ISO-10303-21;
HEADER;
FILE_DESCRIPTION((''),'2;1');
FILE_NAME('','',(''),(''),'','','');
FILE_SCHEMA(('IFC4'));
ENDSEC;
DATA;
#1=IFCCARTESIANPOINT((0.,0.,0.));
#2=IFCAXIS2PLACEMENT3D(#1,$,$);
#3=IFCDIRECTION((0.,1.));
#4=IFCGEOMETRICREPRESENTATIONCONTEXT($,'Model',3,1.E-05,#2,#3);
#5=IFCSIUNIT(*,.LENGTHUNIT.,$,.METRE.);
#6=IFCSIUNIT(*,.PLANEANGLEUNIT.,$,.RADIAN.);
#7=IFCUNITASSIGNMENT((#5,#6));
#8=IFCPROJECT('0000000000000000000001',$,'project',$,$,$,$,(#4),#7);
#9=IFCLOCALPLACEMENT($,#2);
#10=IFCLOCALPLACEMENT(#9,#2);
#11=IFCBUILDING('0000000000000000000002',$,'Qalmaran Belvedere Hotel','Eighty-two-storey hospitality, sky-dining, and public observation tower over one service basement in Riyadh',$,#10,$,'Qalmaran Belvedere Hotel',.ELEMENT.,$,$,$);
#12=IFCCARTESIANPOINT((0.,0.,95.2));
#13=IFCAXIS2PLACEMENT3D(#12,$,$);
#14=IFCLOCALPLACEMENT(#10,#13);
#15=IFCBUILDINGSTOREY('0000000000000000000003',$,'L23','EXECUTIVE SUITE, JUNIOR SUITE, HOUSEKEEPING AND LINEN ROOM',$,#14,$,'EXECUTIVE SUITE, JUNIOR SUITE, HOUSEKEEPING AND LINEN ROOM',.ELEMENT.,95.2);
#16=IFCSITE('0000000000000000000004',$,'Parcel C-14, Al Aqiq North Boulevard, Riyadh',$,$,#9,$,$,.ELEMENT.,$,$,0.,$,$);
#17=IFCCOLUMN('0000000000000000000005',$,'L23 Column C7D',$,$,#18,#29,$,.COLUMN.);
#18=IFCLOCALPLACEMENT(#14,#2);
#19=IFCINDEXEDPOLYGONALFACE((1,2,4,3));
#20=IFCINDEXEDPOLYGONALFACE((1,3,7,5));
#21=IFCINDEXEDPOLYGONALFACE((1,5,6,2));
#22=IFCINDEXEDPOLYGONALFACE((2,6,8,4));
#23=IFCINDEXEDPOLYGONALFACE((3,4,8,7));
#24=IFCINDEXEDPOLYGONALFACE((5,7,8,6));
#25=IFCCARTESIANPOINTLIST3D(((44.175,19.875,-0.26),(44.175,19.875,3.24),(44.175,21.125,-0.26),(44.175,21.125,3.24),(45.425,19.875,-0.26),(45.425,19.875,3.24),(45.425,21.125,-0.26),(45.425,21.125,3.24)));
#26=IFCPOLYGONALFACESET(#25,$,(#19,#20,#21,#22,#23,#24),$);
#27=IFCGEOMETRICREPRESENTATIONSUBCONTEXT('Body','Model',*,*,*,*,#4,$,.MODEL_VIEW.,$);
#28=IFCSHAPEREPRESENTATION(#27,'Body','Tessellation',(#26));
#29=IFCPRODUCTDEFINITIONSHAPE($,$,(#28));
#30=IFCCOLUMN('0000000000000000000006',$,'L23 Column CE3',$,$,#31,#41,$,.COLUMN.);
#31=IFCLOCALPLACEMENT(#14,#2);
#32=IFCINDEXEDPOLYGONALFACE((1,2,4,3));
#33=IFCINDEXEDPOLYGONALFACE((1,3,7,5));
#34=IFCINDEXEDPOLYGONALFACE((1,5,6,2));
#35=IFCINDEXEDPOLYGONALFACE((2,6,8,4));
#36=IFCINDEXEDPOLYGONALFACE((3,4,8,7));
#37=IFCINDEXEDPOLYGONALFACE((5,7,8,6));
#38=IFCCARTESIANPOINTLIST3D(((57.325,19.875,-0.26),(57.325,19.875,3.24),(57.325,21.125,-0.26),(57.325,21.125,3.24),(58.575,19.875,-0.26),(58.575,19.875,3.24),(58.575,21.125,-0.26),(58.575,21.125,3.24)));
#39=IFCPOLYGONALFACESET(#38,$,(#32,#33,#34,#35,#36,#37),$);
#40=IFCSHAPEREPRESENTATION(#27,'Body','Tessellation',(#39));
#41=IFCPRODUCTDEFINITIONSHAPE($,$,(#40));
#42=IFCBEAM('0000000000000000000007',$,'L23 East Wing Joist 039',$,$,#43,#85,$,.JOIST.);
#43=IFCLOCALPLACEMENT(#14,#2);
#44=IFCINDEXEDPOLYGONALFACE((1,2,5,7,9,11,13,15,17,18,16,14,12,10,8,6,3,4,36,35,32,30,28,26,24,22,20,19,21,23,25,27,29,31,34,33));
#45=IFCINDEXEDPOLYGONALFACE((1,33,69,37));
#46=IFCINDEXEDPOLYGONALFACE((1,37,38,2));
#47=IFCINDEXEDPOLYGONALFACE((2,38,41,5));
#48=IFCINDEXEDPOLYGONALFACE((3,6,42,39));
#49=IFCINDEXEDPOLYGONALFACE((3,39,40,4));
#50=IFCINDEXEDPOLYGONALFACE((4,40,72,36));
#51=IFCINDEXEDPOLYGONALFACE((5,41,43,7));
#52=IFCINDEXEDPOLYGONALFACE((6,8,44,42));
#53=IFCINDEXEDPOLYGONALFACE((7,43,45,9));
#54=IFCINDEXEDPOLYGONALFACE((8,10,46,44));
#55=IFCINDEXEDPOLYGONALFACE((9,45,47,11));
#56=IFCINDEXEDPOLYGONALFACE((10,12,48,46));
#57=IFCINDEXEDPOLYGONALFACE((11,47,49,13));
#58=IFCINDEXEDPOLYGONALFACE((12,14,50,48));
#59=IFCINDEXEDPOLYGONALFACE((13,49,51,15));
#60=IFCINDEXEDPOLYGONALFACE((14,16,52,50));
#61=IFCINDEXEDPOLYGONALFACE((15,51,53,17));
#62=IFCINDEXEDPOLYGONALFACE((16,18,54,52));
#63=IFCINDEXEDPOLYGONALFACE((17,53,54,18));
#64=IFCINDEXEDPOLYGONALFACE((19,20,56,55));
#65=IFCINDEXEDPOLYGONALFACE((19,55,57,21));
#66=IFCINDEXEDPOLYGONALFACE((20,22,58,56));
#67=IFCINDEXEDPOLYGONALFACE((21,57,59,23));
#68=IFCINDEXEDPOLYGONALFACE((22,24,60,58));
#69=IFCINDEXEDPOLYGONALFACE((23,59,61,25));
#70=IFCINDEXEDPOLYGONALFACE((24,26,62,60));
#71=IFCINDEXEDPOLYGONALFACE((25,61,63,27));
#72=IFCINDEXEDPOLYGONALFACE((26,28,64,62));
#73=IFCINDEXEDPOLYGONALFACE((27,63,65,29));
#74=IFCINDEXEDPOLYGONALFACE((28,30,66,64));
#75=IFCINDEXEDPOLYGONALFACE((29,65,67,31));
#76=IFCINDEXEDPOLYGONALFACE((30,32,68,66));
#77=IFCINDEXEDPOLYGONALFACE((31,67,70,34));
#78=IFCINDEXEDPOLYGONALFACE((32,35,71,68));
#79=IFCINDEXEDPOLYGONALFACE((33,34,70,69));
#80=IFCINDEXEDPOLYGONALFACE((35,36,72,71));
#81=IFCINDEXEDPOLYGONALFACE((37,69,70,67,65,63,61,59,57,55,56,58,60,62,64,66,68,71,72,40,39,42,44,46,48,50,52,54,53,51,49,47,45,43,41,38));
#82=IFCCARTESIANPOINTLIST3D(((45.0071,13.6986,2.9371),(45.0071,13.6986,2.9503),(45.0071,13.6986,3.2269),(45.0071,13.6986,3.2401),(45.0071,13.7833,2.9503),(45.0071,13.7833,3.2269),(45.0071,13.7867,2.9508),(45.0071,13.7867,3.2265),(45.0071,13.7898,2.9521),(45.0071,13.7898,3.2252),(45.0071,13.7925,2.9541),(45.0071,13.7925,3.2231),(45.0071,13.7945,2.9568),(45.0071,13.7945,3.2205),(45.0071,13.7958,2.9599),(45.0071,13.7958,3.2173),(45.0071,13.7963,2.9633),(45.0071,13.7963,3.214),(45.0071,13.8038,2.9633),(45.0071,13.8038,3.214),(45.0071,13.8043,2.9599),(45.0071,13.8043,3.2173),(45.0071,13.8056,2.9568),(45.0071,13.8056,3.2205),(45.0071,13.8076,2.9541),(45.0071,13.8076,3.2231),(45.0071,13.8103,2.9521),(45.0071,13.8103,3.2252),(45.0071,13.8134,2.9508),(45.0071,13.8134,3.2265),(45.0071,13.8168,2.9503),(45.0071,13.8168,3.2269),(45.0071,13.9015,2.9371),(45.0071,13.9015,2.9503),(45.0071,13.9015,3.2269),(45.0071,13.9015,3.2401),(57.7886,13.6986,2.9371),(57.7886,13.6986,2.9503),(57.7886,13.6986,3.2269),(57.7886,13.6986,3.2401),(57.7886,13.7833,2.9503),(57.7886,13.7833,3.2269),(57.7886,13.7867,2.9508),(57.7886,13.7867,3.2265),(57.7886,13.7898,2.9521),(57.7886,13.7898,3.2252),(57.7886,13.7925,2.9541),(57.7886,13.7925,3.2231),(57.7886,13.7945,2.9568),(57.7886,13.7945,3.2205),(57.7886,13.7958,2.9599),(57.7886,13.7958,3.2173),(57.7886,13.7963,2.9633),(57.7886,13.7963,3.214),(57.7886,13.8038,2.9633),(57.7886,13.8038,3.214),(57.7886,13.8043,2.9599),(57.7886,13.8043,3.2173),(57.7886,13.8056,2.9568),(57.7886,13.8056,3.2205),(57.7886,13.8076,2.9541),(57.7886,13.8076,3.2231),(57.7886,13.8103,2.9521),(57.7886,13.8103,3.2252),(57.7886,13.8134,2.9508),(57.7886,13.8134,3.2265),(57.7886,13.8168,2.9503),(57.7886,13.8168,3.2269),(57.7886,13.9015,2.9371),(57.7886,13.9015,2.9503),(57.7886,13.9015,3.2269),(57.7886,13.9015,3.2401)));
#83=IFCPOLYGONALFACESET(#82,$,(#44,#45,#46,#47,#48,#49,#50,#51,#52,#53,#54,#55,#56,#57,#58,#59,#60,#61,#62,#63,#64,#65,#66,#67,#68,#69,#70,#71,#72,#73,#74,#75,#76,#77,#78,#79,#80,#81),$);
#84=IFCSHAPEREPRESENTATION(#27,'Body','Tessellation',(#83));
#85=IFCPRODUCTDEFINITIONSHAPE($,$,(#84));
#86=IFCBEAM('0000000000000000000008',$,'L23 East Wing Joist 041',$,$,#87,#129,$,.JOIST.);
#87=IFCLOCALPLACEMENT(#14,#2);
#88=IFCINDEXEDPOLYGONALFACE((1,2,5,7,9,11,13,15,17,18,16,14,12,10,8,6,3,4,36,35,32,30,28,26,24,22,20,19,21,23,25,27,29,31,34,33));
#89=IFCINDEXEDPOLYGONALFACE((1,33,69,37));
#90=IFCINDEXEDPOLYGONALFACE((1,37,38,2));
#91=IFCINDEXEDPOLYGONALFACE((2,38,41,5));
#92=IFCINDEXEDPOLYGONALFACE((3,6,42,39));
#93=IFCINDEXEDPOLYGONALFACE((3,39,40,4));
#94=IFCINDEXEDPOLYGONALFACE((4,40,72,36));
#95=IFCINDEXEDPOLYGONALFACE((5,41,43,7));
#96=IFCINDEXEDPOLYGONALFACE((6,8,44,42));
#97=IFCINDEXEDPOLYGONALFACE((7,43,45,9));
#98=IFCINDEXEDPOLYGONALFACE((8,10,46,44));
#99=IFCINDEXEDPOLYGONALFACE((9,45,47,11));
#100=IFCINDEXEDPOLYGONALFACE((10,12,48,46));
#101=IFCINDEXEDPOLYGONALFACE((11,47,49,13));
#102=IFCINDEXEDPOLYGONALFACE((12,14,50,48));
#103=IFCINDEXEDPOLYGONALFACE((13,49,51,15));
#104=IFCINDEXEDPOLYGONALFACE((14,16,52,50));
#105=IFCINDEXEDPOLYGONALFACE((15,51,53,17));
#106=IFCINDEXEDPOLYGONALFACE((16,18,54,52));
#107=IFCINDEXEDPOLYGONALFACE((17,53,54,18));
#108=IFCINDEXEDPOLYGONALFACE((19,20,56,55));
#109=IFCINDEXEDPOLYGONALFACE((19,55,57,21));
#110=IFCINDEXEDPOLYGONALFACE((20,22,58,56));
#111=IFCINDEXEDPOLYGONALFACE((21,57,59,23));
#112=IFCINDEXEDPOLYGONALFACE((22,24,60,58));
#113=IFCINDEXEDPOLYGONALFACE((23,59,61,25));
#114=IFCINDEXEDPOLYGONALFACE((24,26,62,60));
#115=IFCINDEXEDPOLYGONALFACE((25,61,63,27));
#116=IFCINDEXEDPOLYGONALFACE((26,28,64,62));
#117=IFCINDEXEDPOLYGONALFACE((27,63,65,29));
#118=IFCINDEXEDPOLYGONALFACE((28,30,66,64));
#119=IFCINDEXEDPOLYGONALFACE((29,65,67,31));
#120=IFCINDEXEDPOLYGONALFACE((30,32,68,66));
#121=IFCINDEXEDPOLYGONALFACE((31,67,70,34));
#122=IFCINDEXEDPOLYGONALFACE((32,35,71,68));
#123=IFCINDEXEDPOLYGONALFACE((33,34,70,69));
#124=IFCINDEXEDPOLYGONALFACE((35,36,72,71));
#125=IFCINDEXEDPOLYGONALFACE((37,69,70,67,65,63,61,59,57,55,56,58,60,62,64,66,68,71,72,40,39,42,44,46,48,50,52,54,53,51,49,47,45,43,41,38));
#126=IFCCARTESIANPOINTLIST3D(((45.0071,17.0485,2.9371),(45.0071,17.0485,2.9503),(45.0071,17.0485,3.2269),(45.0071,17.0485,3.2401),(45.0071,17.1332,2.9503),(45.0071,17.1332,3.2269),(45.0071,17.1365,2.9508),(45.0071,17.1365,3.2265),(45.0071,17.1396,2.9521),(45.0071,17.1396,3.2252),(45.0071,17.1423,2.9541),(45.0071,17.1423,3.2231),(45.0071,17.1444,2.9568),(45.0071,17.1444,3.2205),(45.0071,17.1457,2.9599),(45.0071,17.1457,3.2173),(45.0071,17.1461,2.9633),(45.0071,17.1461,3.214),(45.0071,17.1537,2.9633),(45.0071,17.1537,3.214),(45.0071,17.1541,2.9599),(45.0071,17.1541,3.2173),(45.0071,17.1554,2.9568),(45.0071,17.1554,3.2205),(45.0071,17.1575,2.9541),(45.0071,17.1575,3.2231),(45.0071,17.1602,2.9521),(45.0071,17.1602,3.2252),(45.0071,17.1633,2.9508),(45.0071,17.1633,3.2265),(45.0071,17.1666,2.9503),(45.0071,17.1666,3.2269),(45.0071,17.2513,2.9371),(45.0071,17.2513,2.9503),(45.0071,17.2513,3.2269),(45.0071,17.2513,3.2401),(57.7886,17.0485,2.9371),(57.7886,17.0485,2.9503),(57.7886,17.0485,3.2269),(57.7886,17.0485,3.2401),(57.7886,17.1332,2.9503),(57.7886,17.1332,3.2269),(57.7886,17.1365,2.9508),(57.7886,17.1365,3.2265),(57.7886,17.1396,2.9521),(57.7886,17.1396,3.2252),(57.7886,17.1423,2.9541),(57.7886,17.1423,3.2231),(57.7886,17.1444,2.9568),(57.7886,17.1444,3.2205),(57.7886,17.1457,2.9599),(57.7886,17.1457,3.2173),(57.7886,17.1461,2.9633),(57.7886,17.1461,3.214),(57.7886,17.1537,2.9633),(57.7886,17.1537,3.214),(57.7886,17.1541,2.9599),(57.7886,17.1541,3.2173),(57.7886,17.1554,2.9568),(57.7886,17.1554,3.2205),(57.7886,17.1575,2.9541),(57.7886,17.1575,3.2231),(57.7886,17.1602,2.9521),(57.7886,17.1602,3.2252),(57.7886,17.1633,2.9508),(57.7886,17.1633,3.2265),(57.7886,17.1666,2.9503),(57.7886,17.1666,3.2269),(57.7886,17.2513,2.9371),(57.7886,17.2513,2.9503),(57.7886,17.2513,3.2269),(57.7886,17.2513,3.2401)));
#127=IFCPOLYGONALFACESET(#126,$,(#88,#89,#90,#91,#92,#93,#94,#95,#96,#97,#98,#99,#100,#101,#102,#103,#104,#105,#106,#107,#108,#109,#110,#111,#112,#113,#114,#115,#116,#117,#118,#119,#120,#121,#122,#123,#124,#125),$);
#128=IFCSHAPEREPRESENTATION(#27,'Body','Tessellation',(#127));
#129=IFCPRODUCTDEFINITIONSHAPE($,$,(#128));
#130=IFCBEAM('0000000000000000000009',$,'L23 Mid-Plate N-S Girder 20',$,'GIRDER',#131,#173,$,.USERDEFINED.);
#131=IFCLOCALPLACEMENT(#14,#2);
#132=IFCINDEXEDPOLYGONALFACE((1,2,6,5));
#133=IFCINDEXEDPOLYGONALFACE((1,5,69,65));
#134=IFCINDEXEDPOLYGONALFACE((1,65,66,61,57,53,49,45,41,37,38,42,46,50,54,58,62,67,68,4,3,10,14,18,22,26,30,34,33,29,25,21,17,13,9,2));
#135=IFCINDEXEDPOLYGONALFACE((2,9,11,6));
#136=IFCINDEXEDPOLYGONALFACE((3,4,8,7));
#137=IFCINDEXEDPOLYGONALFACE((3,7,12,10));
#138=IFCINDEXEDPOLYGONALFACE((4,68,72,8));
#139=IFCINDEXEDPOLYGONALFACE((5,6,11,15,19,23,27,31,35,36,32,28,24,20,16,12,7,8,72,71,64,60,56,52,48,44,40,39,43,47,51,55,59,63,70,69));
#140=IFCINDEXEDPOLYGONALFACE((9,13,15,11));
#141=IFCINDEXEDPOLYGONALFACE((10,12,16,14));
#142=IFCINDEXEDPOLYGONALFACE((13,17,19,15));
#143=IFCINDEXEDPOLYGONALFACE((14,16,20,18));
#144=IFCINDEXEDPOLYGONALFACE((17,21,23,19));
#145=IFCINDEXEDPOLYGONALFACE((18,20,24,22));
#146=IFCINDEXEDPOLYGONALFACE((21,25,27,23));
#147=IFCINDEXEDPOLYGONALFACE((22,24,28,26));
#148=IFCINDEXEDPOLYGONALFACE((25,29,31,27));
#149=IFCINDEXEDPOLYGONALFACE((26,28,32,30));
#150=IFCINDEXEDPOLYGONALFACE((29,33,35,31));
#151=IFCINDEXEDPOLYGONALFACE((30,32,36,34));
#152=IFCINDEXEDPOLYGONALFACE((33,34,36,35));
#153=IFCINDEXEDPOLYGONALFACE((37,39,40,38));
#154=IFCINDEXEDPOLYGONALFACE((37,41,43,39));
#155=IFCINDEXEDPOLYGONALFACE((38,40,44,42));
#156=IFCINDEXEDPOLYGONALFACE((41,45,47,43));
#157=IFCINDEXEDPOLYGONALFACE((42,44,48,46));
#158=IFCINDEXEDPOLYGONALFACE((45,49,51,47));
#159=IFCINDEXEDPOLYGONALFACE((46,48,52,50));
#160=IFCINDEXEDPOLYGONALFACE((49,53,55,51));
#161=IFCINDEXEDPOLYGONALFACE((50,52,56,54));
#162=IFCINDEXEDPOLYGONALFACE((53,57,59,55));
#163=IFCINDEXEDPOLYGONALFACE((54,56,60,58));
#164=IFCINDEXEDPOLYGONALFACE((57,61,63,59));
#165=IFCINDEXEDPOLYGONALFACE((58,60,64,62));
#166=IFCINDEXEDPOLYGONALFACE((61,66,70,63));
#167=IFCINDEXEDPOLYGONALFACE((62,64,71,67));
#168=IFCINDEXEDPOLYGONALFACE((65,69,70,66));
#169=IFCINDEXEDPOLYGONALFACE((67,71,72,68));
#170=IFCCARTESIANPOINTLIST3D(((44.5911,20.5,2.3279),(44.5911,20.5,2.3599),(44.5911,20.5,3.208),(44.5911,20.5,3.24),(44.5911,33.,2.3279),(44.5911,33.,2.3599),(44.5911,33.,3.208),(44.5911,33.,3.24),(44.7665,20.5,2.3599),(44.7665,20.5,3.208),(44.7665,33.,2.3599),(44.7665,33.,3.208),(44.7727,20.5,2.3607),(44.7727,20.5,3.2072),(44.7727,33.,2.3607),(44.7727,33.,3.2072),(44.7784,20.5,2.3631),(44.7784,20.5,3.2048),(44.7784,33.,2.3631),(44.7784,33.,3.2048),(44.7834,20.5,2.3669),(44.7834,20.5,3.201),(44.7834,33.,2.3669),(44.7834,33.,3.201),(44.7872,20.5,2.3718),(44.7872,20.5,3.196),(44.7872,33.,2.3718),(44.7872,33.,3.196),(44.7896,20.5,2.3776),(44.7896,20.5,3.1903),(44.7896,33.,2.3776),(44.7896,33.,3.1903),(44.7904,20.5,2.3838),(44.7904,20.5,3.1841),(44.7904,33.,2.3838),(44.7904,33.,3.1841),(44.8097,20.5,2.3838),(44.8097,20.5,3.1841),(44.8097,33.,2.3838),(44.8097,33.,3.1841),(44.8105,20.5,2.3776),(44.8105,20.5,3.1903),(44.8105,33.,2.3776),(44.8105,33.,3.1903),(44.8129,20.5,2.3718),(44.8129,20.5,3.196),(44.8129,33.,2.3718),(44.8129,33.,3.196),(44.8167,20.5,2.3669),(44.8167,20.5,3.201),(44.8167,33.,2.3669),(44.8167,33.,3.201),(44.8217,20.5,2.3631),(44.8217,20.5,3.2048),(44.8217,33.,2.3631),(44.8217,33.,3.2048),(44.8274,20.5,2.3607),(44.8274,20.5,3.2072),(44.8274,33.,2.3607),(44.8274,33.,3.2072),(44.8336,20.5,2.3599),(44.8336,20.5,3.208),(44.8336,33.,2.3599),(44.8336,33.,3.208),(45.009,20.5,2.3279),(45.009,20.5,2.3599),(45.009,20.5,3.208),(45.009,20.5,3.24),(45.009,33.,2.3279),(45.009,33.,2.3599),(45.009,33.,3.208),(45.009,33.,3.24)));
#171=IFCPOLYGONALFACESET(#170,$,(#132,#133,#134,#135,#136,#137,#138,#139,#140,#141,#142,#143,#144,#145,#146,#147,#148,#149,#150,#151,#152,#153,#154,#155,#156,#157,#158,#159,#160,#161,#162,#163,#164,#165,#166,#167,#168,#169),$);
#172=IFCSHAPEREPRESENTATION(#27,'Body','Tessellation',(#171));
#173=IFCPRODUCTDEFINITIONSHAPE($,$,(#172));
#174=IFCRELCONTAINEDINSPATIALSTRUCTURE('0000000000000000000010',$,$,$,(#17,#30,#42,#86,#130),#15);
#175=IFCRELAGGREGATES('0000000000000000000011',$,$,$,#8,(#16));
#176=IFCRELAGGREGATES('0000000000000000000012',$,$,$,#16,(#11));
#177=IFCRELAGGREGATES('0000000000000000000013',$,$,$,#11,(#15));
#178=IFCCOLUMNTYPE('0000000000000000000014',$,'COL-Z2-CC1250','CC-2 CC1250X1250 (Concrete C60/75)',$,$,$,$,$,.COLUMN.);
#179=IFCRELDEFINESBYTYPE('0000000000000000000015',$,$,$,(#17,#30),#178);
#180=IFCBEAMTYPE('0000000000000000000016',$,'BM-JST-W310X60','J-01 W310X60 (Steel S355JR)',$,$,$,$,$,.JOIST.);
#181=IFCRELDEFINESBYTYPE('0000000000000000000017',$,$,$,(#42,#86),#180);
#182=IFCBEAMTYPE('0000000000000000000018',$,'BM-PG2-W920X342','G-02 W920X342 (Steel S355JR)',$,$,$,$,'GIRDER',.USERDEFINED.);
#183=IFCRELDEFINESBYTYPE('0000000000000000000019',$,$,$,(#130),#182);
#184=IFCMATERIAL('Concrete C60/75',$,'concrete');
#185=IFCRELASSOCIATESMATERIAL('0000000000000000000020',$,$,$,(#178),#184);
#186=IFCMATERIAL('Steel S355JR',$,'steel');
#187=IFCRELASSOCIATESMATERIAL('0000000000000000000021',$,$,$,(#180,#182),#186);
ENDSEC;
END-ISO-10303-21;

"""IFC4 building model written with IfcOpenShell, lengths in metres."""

from ifc_helpers import new_model, si_unit, direction, frame, origin, origin_2d, place, context, subcontext, project, spatial, rectangle, i_section, extrude, material, material_profile, profile_set, type_object, element, save


model = new_model("IFC4")

# Units and contexts
model_context = context("Model", 3, precision=1e-05, world=origin(), true_north=direction((0.0, 1.0)))
body_context = subcontext(model_context, "Body", "Model", "MODEL_VIEW")
ifc_project = project(units=[si_unit("LENGTHUNIT", "METRE"), si_unit("PLANEANGLEUNIT", "RADIAN")], contexts=[model_context])

# Site, building, storey
site_placement = place(None, origin())
site = spatial("IfcSite", under=ifc_project, at=site_placement, Name="Parcel C-14, Al Aqiq North Boulevard, Riyadh", CompositionType="ELEMENT", RefElevation=0.0)
building_placement = place(site_placement, origin())
building = spatial("IfcBuilding", under=site, at=building_placement, Name="Qalmaran Belvedere Hotel", Description="Eighty-two-storey hospitality, sky-dining, and public observation tower over one service basement in Riyadh", LongName="Qalmaran Belvedere Hotel", CompositionType="ELEMENT")
storey_placement = place(building_placement, frame((0.0, 0.0, 95.2)))
storey = spatial("IfcBuildingStorey", under=building, at=storey_placement, Name="L23", Description="EXECUTIVE SUITE, JUNIOR SUITE, HOUSEKEEPING AND LINEN ROOM", LongName="EXECUTIVE SUITE, JUNIOR SUITE, HOUSEKEEPING AND LINEN ROOM", CompositionType="ELEMENT", Elevation=95.2)

# Columns
ifc_material_1 = material(Name="Concrete C60/75", Category="concrete")
ifc_material_profile_1 = material_profile(ifc_material_1, rectangle(XDim=1.25, YDim=1.25, at=origin_2d()), Name="CC1250X1250")
ifc_profile_set_1 = profile_set([ifc_material_profile_1], Name="Concrete C60/75")
column_type = type_object("IfcColumnType", Name="COL-Z2-CC1250", Description="CC-2 CC1250X1250 (Concrete C60/75)", PredefinedType="COLUMN", material=ifc_profile_set_1)
for number, where, z_axis, x_axis, name in (
    (1, (44.8, 20.5, -0.26), (0.0, 0.0, 1.0), (1.0, 0.0, 0.0), "L23 Column C7D"),
    (2, (57.95, 20.5, -0.26), (0.0, 0.0, 1.0), (1.0, 0.0, 0.0), "L23 Column CE3"),
):
    element("IfcColumn", number, at=place(storey_placement, frame(where, z_axis=z_axis, x_axis=x_axis)), inside=storey, type_object=column_type, Name=name, PredefinedType="COLUMN", context=body_context, shape_type="SweptSolid", body=[
        extrude(rectangle(XDim=1.25, YDim=1.25, at=origin_2d()), origin(), (0.0, 0.0, 1.0), 3.5),
    ])

# Beams
ifc_material_2 = material(Name="Steel S355JR", Category="steel")
ifc_material_profile_2 = material_profile(ifc_material_2, i_section(OverallWidth=0.2029, OverallDepth=0.303, WebThickness=0.0076, FlangeThickness=0.0132, FilletRadius=0.0129, at=origin_2d()), Name="W310X60")
ifc_profile_set_2 = profile_set([ifc_material_profile_2], Name="Steel S355JR")
beam_type_1 = type_object("IfcBeamType", Name="BM-JST-W310X60", Description="J-01 W310X60 (Steel S355JR)", PredefinedType="JOIST", material=ifc_profile_set_2)
for number, where, z_axis, x_axis, name in (
    (3, (45.0071, 13.8, 3.0886), (1.0, 0.0, 0.0), (0.0, 1.0, 0.0), "L23 East Wing Joist 039"),
    (4, (45.0071, 17.1499, 3.0886), (1.0, 0.0, 0.0), (0.0, 1.0, 0.0), "L23 East Wing Joist 041"),
):
    element("IfcBeam", number, at=place(storey_placement, frame(where, z_axis=z_axis, x_axis=x_axis)), inside=storey, type_object=beam_type_1, Name=name, PredefinedType="JOIST", context=body_context, shape_type="SweptSolid", body=[
        extrude(i_section(OverallWidth=0.2029, OverallDepth=0.303, WebThickness=0.0076, FlangeThickness=0.0132, FilletRadius=0.0129, at=origin_2d()), origin(), (0.0, 0.0, 1.0), 12.7815),
    ])
ifc_material_profile_3 = material_profile(ifc_material_2, i_section(OverallWidth=0.418, OverallDepth=0.9121, WebThickness=0.0193, FlangeThickness=0.032, FilletRadius=0.0239, at=origin_2d()), Name="W920X342")
ifc_profile_set_3 = profile_set([ifc_material_profile_3], Name="Steel S355JR")
beam_type_2 = type_object("IfcBeamType", Name="BM-PG2-W920X342", Description="G-02 W920X342 (Steel S355JR)", ElementType="GIRDER", PredefinedType="USERDEFINED", material=ifc_profile_set_3)
beam_1_placement = place(storey_placement, frame((44.8, 20.5, 2.7839), z_axis=(0.0, 1.0, 0.0), x_axis=(-1.0, 0.0, 0.0)))
element("IfcBeam", 5, at=beam_1_placement, inside=storey, type_object=beam_type_2, Name="L23 Mid-Plate N-S Girder 20", ObjectType="GIRDER", PredefinedType="USERDEFINED", context=body_context, shape_type="SweptSolid", body=[
    extrude(i_section(OverallWidth=0.418, OverallDepth=0.9121, WebThickness=0.0193, FlangeThickness=0.032, FilletRadius=0.0239, at=origin_2d()), origin(), (0.0, 0.0, 1.0), 12.5),
])

save(model, "model.ifc")
